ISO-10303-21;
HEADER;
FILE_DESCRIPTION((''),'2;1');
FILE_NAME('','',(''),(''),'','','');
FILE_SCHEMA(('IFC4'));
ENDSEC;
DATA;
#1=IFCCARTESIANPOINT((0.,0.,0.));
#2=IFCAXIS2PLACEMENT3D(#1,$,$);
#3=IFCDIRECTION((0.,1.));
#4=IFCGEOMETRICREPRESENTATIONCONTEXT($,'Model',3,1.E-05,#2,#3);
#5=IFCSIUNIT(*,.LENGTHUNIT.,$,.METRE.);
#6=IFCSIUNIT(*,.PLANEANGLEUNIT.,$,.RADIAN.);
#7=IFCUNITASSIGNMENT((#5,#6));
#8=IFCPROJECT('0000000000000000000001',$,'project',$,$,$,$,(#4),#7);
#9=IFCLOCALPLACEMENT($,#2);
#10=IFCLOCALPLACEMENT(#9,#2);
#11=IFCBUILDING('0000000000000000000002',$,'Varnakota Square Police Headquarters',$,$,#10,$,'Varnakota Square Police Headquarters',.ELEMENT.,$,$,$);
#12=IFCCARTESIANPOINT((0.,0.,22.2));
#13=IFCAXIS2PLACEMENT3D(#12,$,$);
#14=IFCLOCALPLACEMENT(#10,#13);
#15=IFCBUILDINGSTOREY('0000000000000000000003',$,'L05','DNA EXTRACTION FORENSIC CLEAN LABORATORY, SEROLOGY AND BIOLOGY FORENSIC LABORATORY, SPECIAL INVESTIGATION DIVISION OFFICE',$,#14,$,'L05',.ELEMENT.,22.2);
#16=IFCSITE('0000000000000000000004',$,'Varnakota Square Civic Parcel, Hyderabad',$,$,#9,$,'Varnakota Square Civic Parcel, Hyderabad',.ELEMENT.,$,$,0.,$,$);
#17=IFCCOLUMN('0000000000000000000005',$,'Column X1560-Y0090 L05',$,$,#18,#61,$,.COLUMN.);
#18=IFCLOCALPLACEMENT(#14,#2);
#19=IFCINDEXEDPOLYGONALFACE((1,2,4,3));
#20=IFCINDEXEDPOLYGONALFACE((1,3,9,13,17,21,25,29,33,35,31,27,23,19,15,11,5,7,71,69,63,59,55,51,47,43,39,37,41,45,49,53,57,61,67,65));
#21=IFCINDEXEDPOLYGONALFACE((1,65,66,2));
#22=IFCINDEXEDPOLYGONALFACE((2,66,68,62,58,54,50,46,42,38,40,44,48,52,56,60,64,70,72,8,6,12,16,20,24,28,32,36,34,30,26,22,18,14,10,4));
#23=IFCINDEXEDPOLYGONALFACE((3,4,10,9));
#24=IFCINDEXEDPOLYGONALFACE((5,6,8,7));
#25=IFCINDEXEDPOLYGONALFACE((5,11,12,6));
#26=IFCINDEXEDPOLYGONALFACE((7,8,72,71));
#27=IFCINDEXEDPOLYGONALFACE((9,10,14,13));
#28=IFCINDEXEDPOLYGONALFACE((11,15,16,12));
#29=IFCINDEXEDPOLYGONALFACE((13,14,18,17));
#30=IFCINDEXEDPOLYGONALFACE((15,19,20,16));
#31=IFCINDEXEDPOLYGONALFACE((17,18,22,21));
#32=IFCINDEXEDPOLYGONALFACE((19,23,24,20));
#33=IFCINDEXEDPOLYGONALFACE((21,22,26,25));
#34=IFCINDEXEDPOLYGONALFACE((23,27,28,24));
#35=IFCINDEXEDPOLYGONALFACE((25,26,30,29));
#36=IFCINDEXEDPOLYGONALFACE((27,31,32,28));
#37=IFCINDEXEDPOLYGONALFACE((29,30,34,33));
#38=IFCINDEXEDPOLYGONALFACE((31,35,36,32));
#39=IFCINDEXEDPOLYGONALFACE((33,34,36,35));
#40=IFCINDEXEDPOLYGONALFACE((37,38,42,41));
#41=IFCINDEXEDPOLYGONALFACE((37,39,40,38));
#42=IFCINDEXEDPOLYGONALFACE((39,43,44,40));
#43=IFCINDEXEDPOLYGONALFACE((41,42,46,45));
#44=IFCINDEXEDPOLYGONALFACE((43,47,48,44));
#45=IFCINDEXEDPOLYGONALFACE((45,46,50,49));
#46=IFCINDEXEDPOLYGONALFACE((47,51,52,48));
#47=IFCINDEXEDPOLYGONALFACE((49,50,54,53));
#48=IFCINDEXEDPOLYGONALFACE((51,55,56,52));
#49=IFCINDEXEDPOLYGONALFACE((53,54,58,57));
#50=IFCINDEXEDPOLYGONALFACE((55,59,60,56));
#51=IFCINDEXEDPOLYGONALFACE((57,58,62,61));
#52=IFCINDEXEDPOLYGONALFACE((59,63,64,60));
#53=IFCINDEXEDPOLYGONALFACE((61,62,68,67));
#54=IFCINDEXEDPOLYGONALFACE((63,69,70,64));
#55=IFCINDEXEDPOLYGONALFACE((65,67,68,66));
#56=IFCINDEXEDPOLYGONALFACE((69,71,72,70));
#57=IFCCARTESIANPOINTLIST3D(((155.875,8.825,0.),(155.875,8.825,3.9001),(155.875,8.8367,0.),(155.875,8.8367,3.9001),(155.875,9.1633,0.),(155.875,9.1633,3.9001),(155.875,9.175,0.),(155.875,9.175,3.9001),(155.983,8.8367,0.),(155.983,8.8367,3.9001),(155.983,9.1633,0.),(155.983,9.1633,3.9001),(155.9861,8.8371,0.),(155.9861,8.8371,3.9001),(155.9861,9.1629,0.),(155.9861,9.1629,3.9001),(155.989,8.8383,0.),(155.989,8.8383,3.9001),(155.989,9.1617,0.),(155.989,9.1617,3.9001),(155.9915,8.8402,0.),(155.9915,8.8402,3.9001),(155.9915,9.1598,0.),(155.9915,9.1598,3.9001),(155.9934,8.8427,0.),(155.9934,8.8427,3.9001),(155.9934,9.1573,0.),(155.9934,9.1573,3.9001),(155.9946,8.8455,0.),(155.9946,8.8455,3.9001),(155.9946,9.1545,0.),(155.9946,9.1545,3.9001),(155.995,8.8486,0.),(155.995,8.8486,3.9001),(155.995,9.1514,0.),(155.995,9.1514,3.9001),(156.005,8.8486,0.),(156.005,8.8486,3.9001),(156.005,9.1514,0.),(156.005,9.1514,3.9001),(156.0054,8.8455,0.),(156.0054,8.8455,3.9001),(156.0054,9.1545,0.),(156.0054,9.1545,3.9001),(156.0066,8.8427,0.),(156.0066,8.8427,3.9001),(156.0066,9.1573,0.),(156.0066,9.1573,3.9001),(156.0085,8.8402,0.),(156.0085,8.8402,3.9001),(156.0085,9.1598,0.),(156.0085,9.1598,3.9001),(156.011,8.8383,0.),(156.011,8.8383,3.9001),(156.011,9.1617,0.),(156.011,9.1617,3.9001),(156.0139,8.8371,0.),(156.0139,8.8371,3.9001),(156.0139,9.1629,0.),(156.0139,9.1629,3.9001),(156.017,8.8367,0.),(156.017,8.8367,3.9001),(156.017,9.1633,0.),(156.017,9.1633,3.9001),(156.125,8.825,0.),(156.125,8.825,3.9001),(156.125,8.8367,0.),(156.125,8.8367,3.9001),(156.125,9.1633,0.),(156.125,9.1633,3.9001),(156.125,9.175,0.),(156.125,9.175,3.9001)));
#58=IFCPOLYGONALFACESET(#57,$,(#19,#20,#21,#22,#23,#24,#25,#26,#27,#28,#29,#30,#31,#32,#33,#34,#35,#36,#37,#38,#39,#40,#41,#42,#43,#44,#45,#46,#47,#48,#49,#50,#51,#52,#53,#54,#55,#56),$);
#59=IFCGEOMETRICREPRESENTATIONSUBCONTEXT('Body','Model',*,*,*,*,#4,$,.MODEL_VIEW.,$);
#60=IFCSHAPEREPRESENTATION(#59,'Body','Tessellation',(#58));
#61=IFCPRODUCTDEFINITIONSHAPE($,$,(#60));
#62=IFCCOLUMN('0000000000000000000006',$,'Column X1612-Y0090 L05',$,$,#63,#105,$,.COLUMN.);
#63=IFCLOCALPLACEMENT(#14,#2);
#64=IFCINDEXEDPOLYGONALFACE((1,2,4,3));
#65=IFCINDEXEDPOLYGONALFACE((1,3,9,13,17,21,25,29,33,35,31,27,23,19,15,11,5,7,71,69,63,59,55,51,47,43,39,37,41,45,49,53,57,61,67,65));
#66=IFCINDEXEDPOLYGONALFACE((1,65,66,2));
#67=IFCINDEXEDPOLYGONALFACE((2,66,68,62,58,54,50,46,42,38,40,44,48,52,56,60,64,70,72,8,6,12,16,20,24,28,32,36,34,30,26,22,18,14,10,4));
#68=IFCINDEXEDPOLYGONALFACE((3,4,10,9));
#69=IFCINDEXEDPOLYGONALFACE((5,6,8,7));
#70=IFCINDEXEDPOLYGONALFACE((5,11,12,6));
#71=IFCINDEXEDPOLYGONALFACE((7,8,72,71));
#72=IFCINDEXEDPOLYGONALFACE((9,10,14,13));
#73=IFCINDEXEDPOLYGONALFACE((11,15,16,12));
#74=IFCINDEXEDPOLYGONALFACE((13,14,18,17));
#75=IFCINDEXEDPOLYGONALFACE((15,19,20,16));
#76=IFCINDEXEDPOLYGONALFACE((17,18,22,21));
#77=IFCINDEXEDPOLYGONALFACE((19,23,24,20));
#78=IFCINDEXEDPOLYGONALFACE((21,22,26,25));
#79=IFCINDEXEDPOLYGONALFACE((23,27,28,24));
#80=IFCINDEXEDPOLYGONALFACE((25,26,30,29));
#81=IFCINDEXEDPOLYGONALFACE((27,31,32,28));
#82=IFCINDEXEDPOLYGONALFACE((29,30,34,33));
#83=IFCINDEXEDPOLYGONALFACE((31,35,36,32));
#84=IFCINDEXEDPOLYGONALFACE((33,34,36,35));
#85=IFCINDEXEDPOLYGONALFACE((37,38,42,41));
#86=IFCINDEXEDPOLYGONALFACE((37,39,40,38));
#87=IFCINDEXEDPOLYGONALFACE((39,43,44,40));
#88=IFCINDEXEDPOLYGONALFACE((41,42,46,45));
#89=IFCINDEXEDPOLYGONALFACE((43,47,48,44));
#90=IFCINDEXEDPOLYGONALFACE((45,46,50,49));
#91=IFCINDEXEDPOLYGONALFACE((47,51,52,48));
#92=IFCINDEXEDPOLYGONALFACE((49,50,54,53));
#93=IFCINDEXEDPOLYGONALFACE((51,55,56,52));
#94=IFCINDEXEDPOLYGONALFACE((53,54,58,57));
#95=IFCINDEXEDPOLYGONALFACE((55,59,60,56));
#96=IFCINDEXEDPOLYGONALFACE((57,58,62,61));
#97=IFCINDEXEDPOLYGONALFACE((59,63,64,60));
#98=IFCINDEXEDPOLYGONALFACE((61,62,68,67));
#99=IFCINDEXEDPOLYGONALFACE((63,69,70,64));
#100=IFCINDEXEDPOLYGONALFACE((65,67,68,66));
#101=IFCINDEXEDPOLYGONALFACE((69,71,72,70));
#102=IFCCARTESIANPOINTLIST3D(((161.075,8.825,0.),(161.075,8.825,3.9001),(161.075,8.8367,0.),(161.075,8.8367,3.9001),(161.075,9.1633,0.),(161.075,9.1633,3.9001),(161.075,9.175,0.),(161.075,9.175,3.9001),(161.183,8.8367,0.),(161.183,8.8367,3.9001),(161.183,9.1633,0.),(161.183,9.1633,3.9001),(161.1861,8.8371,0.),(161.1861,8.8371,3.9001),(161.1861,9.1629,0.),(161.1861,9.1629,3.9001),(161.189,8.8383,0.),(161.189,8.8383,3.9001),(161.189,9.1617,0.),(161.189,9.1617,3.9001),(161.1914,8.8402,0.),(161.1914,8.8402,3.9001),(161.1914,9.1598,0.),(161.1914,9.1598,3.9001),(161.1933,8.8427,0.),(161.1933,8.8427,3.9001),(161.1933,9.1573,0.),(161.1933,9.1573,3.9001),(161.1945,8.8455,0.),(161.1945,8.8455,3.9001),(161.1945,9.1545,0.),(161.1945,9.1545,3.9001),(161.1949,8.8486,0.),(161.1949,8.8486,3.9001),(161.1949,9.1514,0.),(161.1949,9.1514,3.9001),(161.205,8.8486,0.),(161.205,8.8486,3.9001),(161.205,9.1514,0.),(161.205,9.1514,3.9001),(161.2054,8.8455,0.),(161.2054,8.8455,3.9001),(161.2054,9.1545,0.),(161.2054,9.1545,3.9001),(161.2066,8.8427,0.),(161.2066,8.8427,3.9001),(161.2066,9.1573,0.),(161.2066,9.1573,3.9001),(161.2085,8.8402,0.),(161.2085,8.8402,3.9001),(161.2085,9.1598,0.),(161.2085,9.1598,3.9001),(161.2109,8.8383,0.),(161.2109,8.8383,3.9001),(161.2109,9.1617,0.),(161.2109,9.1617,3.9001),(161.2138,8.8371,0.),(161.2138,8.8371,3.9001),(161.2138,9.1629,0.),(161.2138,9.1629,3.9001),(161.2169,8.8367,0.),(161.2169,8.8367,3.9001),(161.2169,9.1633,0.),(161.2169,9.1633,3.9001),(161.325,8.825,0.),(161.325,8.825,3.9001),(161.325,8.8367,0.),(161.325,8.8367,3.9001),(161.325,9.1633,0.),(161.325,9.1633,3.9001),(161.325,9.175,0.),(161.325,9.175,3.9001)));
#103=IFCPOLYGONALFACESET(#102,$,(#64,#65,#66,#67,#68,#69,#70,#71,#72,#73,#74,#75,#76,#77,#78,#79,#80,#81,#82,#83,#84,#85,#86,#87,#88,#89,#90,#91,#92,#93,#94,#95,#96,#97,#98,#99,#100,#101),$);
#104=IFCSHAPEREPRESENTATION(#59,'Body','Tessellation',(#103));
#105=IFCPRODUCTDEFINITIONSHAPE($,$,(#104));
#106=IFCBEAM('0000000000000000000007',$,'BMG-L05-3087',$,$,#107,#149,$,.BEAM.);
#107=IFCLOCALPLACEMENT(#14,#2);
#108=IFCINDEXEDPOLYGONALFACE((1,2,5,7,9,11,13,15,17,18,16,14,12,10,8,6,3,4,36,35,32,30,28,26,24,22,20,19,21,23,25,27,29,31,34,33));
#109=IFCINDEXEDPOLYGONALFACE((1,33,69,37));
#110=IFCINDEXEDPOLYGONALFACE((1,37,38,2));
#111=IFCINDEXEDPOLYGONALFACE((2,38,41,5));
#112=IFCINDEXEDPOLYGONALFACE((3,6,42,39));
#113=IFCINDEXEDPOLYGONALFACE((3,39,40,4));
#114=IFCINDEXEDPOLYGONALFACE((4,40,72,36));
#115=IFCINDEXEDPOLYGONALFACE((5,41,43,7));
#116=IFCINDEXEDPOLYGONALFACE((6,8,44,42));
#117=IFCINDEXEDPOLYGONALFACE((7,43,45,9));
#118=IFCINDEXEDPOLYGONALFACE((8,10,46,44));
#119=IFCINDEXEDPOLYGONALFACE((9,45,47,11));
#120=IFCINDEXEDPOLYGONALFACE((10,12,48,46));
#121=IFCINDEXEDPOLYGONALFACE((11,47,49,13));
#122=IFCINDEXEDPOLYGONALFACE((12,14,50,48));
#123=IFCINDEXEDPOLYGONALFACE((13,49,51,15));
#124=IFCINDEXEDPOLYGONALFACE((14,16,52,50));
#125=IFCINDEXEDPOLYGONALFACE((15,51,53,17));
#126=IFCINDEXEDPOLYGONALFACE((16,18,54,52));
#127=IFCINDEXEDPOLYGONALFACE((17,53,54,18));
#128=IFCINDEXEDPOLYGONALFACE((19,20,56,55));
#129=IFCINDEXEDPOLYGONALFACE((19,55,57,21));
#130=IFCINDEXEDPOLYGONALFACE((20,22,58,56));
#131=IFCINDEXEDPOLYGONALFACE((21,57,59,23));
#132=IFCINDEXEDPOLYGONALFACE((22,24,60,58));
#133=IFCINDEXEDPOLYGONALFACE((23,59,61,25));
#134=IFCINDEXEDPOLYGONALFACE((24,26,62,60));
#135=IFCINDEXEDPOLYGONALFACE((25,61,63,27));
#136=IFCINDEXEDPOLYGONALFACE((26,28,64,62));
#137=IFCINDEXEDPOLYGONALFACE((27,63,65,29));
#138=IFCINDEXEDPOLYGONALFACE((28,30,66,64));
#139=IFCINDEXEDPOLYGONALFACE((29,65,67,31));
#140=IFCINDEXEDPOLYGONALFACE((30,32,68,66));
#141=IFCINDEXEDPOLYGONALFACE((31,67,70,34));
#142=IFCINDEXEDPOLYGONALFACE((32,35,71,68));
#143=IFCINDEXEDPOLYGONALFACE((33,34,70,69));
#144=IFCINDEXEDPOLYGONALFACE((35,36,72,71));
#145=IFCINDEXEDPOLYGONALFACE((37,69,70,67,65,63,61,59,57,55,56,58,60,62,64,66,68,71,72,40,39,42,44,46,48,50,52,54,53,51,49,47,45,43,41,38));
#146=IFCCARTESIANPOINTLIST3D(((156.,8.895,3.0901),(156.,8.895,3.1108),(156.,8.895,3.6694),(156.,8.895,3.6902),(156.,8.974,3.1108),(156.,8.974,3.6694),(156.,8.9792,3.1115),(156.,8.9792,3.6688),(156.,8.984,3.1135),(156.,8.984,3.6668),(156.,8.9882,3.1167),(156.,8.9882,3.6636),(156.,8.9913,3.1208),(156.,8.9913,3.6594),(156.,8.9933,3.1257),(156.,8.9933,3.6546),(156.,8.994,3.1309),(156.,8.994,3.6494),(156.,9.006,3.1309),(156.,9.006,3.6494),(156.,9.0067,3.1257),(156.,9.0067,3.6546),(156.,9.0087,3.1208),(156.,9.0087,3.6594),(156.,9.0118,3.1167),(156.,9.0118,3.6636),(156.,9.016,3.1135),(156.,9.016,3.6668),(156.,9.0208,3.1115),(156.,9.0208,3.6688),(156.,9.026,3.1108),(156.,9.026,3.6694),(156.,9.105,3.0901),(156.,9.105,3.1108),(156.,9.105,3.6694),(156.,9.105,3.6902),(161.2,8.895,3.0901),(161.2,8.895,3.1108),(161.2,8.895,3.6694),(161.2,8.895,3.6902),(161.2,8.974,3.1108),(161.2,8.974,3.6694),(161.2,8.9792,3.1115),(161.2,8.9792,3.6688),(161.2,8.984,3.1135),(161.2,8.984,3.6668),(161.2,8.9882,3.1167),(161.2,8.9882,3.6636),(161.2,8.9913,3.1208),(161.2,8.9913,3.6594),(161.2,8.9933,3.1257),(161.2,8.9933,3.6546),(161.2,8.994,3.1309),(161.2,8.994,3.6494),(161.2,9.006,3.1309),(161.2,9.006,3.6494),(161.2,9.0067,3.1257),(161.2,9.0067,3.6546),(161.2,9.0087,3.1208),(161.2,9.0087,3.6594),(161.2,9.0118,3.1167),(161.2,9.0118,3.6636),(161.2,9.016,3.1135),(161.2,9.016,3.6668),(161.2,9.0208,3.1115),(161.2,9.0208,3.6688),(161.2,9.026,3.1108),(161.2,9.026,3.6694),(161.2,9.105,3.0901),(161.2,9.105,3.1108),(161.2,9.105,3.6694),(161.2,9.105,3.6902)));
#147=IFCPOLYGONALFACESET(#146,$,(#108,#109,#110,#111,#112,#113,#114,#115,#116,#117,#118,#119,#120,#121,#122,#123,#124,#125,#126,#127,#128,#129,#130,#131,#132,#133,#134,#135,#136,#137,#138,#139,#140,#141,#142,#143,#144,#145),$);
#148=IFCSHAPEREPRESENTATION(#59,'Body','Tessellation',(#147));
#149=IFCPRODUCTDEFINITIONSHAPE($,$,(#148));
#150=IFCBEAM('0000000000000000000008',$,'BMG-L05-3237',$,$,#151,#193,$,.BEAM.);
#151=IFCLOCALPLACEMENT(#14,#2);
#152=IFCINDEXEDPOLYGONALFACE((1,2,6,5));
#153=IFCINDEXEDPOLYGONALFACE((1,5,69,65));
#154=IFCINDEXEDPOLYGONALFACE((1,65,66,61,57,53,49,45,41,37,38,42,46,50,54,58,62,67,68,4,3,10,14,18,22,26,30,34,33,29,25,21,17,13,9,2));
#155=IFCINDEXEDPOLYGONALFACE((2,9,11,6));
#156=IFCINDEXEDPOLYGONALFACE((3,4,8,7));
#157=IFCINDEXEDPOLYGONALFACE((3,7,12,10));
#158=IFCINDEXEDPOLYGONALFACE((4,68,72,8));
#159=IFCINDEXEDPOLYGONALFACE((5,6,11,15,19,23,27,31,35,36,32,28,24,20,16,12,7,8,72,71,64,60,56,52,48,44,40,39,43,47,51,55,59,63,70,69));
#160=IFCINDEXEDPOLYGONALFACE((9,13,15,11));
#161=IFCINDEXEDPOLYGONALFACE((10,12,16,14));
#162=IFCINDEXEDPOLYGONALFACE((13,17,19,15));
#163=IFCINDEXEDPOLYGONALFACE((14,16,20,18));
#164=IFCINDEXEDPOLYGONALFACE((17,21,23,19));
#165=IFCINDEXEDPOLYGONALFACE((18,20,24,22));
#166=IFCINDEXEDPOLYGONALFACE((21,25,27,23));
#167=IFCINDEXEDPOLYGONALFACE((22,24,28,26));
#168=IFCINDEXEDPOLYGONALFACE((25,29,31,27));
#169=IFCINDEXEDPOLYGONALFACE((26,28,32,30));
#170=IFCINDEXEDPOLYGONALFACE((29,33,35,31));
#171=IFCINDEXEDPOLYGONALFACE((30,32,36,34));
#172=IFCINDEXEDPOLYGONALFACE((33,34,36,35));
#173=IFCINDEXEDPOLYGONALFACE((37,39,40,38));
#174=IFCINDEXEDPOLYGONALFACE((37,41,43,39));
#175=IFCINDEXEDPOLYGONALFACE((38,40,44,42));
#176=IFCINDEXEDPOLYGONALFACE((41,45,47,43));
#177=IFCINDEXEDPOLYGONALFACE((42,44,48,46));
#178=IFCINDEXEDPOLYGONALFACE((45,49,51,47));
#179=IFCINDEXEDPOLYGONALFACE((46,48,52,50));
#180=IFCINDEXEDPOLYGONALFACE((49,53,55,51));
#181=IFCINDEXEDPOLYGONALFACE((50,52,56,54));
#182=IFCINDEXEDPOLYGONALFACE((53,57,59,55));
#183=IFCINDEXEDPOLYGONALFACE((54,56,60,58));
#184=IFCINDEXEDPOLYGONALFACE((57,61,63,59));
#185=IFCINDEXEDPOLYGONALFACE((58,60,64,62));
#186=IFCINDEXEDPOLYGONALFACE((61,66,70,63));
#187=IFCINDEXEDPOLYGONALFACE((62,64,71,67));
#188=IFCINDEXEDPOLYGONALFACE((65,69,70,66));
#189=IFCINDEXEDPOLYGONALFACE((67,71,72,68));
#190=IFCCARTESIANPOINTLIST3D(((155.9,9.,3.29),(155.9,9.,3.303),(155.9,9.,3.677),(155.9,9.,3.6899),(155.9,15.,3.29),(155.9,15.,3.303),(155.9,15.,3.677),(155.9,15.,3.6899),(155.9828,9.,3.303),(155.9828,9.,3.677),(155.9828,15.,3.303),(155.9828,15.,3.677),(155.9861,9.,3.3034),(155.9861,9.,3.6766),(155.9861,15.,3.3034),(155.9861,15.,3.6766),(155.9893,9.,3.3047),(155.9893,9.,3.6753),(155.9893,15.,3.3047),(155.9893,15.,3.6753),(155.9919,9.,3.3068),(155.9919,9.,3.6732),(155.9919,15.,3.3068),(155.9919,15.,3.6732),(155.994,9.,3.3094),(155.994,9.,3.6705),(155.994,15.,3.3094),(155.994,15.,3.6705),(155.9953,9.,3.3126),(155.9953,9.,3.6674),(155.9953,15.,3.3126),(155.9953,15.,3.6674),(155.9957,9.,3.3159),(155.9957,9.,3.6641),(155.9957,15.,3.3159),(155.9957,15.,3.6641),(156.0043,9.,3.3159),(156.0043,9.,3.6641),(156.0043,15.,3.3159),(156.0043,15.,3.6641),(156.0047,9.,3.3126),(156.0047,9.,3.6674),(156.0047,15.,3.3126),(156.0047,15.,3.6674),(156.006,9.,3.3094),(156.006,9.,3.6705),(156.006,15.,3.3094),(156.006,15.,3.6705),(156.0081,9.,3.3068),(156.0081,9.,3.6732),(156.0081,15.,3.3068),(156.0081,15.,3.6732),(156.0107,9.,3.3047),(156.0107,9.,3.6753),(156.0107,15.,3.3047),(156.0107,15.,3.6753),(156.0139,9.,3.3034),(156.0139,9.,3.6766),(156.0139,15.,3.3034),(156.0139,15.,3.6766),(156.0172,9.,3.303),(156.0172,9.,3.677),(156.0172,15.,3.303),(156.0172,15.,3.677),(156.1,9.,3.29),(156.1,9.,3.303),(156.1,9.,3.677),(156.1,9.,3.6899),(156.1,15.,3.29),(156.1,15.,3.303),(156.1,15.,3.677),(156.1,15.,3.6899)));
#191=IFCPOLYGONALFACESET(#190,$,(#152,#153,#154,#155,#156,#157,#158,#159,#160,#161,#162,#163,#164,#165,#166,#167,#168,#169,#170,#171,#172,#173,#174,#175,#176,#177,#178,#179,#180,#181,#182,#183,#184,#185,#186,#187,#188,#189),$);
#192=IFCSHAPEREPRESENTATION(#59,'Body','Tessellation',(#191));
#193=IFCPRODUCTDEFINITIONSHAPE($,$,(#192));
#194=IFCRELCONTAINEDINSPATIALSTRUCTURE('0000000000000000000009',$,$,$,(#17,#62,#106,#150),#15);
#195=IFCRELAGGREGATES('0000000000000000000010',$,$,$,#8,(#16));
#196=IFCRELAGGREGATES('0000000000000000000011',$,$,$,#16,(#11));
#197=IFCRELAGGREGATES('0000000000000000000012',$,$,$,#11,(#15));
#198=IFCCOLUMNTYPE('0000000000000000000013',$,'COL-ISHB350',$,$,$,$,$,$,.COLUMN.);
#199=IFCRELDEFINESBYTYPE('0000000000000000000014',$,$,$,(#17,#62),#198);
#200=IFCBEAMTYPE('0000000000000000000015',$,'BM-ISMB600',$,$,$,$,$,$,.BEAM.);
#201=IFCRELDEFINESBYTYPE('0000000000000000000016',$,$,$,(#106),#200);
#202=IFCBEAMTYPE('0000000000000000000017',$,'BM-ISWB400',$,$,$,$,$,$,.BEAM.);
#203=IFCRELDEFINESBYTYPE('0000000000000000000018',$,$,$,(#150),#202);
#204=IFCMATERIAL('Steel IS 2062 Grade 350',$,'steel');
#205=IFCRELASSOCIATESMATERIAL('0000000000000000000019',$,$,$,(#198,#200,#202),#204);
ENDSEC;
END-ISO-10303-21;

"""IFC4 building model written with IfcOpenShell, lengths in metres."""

from ifc_helpers import new_model, si_unit, direction, frame, origin, origin_2d, place, context, subcontext, project, spatial, i_section, extrude, material, material_profile, profile_set, type_object, element, save


model = new_model("IFC4")

# Units and contexts
model_context = context("Model", 3, precision=1e-05, world=origin(), true_north=direction((0.0, 1.0)))
body_context = subcontext(model_context, "Body", "Model", "MODEL_VIEW")
ifc_project = project(units=[si_unit("LENGTHUNIT", "METRE"), si_unit("PLANEANGLEUNIT", "RADIAN")], contexts=[model_context])

# Site, building, storey
site_placement = place(None, origin())
site = spatial("IfcSite", under=ifc_project, at=site_placement, Name="Varnakota Square Civic Parcel, Hyderabad", LongName="Varnakota Square Civic Parcel, Hyderabad", CompositionType="ELEMENT", RefElevation=0.0)
building_placement = place(site_placement, origin())
building = spatial("IfcBuilding", under=site, at=building_placement, Name="Varnakota Square Police Headquarters", LongName="Varnakota Square Police Headquarters", CompositionType="ELEMENT")
storey_placement = place(building_placement, frame((0.0, 0.0, 22.2)))
storey = spatial("IfcBuildingStorey", under=building, at=storey_placement, Name="L05", Description="DNA EXTRACTION FORENSIC CLEAN LABORATORY, SEROLOGY AND BIOLOGY FORENSIC LABORATORY, SPECIAL INVESTIGATION DIVISION OFFICE", LongName="L05", CompositionType="ELEMENT", Elevation=22.2)

# Columns
ifc_material_1 = material(Name="Steel IS 2062 Grade 350", Category="steel")
ifc_material_profile_1 = material_profile(ifc_material_1, i_section(OverallWidth=0.25, OverallDepth=0.3501, WebThickness=0.01, FlangeThickness=0.0117, FilletRadius=0.012, at=origin_2d()), Name="ISHB 350")
ifc_profile_set_1 = profile_set([ifc_material_profile_1], Name="Steel IS 2062 Grade 350")
column_type = type_object("IfcColumnType", Name="COL-ISHB350", PredefinedType="COLUMN", material=ifc_profile_set_1)
for number, where, z_axis, x_axis, name in (
    (1, (156.0, 9.0, 0.0), (0.0, 0.0, 1.0), (1.0, 0.0, 0.0), "Column X1560-Y0090 L05"),
    (2, (161.2, 9.0, 0.0), (0.0, 0.0, 1.0), (1.0, 0.0, 0.0), "Column X1612-Y0090 L05"),
):
    element("IfcColumn", number, at=place(storey_placement, frame(where, z_axis=z_axis, x_axis=x_axis)), inside=storey, type_object=column_type, Name=name, PredefinedType="COLUMN", context=body_context, shape_type="SweptSolid", body=[
        extrude(i_section(OverallWidth=0.25, OverallDepth=0.3501, WebThickness=0.01, FlangeThickness=0.0117, FilletRadius=0.012, at=origin_2d()), origin(), (0.0, 0.0, 1.0), 3.9001),
    ])

# Beams
ifc_material_profile_2 = material_profile(ifc_material_1, i_section(OverallWidth=0.21, OverallDepth=0.6001, WebThickness=0.012, FlangeThickness=0.0208, FilletRadius=0.02, at=origin_2d()), Name="ISMB 600")
ifc_profile_set_2 = profile_set([ifc_material_profile_2], Name="Steel IS 2062 Grade 350")
beam_type_1 = type_object("IfcBeamType", Name="BM-ISMB600", PredefinedType="BEAM", material=ifc_profile_set_2)
beam_placement = place(storey_placement, frame((156.0, 9.0, 3.3901), z_axis=(1.0, 0.0, 0.0), x_axis=(0.0, 1.0, 0.0)))
element("IfcBeam", 3, at=beam_placement, inside=storey, type_object=beam_type_1, Name="BMG-L05-3087", PredefinedType="BEAM", context=body_context, shape_type="SweptSolid", body=[
    extrude(i_section(OverallWidth=0.21, OverallDepth=0.6001, WebThickness=0.012, FlangeThickness=0.0208, FilletRadius=0.02, at=origin_2d()), origin(), (0.0, 0.0, 1.0), 5.2),
])
ifc_material_profile_3 = material_profile(ifc_material_1, i_section(OverallWidth=0.2, OverallDepth=0.3999, WebThickness=0.0085, FlangeThickness=0.0129, FilletRadius=0.0129, at=origin_2d()), Name="ISWB 400")
ifc_profile_set_3 = profile_set([ifc_material_profile_3], Name="Steel IS 2062 Grade 350")
beam_type_2 = type_object("IfcBeamType", Name="BM-ISWB400", PredefinedType="BEAM", material=ifc_profile_set_3)
for number, where, z_axis, x_axis, name in (
    (4, (156.0, 9.0, 3.49), (0.0, 1.0, 0.0), (-1.0, 0.0, 0.0), "BMG-L05-3237"),
):
    element("IfcBeam", number, at=place(storey_placement, frame(where, z_axis=z_axis, x_axis=x_axis)), inside=storey, type_object=beam_type_2, Name=name, PredefinedType="BEAM", context=body_context, shape_type="SweptSolid", body=[
        extrude(i_section(OverallWidth=0.2, OverallDepth=0.3999, WebThickness=0.0085, FlangeThickness=0.0129, FilletRadius=0.0129, at=origin_2d()), origin(), (0.0, 0.0, 1.0), 6.0),
    ])

save(model, "model.ifc")
